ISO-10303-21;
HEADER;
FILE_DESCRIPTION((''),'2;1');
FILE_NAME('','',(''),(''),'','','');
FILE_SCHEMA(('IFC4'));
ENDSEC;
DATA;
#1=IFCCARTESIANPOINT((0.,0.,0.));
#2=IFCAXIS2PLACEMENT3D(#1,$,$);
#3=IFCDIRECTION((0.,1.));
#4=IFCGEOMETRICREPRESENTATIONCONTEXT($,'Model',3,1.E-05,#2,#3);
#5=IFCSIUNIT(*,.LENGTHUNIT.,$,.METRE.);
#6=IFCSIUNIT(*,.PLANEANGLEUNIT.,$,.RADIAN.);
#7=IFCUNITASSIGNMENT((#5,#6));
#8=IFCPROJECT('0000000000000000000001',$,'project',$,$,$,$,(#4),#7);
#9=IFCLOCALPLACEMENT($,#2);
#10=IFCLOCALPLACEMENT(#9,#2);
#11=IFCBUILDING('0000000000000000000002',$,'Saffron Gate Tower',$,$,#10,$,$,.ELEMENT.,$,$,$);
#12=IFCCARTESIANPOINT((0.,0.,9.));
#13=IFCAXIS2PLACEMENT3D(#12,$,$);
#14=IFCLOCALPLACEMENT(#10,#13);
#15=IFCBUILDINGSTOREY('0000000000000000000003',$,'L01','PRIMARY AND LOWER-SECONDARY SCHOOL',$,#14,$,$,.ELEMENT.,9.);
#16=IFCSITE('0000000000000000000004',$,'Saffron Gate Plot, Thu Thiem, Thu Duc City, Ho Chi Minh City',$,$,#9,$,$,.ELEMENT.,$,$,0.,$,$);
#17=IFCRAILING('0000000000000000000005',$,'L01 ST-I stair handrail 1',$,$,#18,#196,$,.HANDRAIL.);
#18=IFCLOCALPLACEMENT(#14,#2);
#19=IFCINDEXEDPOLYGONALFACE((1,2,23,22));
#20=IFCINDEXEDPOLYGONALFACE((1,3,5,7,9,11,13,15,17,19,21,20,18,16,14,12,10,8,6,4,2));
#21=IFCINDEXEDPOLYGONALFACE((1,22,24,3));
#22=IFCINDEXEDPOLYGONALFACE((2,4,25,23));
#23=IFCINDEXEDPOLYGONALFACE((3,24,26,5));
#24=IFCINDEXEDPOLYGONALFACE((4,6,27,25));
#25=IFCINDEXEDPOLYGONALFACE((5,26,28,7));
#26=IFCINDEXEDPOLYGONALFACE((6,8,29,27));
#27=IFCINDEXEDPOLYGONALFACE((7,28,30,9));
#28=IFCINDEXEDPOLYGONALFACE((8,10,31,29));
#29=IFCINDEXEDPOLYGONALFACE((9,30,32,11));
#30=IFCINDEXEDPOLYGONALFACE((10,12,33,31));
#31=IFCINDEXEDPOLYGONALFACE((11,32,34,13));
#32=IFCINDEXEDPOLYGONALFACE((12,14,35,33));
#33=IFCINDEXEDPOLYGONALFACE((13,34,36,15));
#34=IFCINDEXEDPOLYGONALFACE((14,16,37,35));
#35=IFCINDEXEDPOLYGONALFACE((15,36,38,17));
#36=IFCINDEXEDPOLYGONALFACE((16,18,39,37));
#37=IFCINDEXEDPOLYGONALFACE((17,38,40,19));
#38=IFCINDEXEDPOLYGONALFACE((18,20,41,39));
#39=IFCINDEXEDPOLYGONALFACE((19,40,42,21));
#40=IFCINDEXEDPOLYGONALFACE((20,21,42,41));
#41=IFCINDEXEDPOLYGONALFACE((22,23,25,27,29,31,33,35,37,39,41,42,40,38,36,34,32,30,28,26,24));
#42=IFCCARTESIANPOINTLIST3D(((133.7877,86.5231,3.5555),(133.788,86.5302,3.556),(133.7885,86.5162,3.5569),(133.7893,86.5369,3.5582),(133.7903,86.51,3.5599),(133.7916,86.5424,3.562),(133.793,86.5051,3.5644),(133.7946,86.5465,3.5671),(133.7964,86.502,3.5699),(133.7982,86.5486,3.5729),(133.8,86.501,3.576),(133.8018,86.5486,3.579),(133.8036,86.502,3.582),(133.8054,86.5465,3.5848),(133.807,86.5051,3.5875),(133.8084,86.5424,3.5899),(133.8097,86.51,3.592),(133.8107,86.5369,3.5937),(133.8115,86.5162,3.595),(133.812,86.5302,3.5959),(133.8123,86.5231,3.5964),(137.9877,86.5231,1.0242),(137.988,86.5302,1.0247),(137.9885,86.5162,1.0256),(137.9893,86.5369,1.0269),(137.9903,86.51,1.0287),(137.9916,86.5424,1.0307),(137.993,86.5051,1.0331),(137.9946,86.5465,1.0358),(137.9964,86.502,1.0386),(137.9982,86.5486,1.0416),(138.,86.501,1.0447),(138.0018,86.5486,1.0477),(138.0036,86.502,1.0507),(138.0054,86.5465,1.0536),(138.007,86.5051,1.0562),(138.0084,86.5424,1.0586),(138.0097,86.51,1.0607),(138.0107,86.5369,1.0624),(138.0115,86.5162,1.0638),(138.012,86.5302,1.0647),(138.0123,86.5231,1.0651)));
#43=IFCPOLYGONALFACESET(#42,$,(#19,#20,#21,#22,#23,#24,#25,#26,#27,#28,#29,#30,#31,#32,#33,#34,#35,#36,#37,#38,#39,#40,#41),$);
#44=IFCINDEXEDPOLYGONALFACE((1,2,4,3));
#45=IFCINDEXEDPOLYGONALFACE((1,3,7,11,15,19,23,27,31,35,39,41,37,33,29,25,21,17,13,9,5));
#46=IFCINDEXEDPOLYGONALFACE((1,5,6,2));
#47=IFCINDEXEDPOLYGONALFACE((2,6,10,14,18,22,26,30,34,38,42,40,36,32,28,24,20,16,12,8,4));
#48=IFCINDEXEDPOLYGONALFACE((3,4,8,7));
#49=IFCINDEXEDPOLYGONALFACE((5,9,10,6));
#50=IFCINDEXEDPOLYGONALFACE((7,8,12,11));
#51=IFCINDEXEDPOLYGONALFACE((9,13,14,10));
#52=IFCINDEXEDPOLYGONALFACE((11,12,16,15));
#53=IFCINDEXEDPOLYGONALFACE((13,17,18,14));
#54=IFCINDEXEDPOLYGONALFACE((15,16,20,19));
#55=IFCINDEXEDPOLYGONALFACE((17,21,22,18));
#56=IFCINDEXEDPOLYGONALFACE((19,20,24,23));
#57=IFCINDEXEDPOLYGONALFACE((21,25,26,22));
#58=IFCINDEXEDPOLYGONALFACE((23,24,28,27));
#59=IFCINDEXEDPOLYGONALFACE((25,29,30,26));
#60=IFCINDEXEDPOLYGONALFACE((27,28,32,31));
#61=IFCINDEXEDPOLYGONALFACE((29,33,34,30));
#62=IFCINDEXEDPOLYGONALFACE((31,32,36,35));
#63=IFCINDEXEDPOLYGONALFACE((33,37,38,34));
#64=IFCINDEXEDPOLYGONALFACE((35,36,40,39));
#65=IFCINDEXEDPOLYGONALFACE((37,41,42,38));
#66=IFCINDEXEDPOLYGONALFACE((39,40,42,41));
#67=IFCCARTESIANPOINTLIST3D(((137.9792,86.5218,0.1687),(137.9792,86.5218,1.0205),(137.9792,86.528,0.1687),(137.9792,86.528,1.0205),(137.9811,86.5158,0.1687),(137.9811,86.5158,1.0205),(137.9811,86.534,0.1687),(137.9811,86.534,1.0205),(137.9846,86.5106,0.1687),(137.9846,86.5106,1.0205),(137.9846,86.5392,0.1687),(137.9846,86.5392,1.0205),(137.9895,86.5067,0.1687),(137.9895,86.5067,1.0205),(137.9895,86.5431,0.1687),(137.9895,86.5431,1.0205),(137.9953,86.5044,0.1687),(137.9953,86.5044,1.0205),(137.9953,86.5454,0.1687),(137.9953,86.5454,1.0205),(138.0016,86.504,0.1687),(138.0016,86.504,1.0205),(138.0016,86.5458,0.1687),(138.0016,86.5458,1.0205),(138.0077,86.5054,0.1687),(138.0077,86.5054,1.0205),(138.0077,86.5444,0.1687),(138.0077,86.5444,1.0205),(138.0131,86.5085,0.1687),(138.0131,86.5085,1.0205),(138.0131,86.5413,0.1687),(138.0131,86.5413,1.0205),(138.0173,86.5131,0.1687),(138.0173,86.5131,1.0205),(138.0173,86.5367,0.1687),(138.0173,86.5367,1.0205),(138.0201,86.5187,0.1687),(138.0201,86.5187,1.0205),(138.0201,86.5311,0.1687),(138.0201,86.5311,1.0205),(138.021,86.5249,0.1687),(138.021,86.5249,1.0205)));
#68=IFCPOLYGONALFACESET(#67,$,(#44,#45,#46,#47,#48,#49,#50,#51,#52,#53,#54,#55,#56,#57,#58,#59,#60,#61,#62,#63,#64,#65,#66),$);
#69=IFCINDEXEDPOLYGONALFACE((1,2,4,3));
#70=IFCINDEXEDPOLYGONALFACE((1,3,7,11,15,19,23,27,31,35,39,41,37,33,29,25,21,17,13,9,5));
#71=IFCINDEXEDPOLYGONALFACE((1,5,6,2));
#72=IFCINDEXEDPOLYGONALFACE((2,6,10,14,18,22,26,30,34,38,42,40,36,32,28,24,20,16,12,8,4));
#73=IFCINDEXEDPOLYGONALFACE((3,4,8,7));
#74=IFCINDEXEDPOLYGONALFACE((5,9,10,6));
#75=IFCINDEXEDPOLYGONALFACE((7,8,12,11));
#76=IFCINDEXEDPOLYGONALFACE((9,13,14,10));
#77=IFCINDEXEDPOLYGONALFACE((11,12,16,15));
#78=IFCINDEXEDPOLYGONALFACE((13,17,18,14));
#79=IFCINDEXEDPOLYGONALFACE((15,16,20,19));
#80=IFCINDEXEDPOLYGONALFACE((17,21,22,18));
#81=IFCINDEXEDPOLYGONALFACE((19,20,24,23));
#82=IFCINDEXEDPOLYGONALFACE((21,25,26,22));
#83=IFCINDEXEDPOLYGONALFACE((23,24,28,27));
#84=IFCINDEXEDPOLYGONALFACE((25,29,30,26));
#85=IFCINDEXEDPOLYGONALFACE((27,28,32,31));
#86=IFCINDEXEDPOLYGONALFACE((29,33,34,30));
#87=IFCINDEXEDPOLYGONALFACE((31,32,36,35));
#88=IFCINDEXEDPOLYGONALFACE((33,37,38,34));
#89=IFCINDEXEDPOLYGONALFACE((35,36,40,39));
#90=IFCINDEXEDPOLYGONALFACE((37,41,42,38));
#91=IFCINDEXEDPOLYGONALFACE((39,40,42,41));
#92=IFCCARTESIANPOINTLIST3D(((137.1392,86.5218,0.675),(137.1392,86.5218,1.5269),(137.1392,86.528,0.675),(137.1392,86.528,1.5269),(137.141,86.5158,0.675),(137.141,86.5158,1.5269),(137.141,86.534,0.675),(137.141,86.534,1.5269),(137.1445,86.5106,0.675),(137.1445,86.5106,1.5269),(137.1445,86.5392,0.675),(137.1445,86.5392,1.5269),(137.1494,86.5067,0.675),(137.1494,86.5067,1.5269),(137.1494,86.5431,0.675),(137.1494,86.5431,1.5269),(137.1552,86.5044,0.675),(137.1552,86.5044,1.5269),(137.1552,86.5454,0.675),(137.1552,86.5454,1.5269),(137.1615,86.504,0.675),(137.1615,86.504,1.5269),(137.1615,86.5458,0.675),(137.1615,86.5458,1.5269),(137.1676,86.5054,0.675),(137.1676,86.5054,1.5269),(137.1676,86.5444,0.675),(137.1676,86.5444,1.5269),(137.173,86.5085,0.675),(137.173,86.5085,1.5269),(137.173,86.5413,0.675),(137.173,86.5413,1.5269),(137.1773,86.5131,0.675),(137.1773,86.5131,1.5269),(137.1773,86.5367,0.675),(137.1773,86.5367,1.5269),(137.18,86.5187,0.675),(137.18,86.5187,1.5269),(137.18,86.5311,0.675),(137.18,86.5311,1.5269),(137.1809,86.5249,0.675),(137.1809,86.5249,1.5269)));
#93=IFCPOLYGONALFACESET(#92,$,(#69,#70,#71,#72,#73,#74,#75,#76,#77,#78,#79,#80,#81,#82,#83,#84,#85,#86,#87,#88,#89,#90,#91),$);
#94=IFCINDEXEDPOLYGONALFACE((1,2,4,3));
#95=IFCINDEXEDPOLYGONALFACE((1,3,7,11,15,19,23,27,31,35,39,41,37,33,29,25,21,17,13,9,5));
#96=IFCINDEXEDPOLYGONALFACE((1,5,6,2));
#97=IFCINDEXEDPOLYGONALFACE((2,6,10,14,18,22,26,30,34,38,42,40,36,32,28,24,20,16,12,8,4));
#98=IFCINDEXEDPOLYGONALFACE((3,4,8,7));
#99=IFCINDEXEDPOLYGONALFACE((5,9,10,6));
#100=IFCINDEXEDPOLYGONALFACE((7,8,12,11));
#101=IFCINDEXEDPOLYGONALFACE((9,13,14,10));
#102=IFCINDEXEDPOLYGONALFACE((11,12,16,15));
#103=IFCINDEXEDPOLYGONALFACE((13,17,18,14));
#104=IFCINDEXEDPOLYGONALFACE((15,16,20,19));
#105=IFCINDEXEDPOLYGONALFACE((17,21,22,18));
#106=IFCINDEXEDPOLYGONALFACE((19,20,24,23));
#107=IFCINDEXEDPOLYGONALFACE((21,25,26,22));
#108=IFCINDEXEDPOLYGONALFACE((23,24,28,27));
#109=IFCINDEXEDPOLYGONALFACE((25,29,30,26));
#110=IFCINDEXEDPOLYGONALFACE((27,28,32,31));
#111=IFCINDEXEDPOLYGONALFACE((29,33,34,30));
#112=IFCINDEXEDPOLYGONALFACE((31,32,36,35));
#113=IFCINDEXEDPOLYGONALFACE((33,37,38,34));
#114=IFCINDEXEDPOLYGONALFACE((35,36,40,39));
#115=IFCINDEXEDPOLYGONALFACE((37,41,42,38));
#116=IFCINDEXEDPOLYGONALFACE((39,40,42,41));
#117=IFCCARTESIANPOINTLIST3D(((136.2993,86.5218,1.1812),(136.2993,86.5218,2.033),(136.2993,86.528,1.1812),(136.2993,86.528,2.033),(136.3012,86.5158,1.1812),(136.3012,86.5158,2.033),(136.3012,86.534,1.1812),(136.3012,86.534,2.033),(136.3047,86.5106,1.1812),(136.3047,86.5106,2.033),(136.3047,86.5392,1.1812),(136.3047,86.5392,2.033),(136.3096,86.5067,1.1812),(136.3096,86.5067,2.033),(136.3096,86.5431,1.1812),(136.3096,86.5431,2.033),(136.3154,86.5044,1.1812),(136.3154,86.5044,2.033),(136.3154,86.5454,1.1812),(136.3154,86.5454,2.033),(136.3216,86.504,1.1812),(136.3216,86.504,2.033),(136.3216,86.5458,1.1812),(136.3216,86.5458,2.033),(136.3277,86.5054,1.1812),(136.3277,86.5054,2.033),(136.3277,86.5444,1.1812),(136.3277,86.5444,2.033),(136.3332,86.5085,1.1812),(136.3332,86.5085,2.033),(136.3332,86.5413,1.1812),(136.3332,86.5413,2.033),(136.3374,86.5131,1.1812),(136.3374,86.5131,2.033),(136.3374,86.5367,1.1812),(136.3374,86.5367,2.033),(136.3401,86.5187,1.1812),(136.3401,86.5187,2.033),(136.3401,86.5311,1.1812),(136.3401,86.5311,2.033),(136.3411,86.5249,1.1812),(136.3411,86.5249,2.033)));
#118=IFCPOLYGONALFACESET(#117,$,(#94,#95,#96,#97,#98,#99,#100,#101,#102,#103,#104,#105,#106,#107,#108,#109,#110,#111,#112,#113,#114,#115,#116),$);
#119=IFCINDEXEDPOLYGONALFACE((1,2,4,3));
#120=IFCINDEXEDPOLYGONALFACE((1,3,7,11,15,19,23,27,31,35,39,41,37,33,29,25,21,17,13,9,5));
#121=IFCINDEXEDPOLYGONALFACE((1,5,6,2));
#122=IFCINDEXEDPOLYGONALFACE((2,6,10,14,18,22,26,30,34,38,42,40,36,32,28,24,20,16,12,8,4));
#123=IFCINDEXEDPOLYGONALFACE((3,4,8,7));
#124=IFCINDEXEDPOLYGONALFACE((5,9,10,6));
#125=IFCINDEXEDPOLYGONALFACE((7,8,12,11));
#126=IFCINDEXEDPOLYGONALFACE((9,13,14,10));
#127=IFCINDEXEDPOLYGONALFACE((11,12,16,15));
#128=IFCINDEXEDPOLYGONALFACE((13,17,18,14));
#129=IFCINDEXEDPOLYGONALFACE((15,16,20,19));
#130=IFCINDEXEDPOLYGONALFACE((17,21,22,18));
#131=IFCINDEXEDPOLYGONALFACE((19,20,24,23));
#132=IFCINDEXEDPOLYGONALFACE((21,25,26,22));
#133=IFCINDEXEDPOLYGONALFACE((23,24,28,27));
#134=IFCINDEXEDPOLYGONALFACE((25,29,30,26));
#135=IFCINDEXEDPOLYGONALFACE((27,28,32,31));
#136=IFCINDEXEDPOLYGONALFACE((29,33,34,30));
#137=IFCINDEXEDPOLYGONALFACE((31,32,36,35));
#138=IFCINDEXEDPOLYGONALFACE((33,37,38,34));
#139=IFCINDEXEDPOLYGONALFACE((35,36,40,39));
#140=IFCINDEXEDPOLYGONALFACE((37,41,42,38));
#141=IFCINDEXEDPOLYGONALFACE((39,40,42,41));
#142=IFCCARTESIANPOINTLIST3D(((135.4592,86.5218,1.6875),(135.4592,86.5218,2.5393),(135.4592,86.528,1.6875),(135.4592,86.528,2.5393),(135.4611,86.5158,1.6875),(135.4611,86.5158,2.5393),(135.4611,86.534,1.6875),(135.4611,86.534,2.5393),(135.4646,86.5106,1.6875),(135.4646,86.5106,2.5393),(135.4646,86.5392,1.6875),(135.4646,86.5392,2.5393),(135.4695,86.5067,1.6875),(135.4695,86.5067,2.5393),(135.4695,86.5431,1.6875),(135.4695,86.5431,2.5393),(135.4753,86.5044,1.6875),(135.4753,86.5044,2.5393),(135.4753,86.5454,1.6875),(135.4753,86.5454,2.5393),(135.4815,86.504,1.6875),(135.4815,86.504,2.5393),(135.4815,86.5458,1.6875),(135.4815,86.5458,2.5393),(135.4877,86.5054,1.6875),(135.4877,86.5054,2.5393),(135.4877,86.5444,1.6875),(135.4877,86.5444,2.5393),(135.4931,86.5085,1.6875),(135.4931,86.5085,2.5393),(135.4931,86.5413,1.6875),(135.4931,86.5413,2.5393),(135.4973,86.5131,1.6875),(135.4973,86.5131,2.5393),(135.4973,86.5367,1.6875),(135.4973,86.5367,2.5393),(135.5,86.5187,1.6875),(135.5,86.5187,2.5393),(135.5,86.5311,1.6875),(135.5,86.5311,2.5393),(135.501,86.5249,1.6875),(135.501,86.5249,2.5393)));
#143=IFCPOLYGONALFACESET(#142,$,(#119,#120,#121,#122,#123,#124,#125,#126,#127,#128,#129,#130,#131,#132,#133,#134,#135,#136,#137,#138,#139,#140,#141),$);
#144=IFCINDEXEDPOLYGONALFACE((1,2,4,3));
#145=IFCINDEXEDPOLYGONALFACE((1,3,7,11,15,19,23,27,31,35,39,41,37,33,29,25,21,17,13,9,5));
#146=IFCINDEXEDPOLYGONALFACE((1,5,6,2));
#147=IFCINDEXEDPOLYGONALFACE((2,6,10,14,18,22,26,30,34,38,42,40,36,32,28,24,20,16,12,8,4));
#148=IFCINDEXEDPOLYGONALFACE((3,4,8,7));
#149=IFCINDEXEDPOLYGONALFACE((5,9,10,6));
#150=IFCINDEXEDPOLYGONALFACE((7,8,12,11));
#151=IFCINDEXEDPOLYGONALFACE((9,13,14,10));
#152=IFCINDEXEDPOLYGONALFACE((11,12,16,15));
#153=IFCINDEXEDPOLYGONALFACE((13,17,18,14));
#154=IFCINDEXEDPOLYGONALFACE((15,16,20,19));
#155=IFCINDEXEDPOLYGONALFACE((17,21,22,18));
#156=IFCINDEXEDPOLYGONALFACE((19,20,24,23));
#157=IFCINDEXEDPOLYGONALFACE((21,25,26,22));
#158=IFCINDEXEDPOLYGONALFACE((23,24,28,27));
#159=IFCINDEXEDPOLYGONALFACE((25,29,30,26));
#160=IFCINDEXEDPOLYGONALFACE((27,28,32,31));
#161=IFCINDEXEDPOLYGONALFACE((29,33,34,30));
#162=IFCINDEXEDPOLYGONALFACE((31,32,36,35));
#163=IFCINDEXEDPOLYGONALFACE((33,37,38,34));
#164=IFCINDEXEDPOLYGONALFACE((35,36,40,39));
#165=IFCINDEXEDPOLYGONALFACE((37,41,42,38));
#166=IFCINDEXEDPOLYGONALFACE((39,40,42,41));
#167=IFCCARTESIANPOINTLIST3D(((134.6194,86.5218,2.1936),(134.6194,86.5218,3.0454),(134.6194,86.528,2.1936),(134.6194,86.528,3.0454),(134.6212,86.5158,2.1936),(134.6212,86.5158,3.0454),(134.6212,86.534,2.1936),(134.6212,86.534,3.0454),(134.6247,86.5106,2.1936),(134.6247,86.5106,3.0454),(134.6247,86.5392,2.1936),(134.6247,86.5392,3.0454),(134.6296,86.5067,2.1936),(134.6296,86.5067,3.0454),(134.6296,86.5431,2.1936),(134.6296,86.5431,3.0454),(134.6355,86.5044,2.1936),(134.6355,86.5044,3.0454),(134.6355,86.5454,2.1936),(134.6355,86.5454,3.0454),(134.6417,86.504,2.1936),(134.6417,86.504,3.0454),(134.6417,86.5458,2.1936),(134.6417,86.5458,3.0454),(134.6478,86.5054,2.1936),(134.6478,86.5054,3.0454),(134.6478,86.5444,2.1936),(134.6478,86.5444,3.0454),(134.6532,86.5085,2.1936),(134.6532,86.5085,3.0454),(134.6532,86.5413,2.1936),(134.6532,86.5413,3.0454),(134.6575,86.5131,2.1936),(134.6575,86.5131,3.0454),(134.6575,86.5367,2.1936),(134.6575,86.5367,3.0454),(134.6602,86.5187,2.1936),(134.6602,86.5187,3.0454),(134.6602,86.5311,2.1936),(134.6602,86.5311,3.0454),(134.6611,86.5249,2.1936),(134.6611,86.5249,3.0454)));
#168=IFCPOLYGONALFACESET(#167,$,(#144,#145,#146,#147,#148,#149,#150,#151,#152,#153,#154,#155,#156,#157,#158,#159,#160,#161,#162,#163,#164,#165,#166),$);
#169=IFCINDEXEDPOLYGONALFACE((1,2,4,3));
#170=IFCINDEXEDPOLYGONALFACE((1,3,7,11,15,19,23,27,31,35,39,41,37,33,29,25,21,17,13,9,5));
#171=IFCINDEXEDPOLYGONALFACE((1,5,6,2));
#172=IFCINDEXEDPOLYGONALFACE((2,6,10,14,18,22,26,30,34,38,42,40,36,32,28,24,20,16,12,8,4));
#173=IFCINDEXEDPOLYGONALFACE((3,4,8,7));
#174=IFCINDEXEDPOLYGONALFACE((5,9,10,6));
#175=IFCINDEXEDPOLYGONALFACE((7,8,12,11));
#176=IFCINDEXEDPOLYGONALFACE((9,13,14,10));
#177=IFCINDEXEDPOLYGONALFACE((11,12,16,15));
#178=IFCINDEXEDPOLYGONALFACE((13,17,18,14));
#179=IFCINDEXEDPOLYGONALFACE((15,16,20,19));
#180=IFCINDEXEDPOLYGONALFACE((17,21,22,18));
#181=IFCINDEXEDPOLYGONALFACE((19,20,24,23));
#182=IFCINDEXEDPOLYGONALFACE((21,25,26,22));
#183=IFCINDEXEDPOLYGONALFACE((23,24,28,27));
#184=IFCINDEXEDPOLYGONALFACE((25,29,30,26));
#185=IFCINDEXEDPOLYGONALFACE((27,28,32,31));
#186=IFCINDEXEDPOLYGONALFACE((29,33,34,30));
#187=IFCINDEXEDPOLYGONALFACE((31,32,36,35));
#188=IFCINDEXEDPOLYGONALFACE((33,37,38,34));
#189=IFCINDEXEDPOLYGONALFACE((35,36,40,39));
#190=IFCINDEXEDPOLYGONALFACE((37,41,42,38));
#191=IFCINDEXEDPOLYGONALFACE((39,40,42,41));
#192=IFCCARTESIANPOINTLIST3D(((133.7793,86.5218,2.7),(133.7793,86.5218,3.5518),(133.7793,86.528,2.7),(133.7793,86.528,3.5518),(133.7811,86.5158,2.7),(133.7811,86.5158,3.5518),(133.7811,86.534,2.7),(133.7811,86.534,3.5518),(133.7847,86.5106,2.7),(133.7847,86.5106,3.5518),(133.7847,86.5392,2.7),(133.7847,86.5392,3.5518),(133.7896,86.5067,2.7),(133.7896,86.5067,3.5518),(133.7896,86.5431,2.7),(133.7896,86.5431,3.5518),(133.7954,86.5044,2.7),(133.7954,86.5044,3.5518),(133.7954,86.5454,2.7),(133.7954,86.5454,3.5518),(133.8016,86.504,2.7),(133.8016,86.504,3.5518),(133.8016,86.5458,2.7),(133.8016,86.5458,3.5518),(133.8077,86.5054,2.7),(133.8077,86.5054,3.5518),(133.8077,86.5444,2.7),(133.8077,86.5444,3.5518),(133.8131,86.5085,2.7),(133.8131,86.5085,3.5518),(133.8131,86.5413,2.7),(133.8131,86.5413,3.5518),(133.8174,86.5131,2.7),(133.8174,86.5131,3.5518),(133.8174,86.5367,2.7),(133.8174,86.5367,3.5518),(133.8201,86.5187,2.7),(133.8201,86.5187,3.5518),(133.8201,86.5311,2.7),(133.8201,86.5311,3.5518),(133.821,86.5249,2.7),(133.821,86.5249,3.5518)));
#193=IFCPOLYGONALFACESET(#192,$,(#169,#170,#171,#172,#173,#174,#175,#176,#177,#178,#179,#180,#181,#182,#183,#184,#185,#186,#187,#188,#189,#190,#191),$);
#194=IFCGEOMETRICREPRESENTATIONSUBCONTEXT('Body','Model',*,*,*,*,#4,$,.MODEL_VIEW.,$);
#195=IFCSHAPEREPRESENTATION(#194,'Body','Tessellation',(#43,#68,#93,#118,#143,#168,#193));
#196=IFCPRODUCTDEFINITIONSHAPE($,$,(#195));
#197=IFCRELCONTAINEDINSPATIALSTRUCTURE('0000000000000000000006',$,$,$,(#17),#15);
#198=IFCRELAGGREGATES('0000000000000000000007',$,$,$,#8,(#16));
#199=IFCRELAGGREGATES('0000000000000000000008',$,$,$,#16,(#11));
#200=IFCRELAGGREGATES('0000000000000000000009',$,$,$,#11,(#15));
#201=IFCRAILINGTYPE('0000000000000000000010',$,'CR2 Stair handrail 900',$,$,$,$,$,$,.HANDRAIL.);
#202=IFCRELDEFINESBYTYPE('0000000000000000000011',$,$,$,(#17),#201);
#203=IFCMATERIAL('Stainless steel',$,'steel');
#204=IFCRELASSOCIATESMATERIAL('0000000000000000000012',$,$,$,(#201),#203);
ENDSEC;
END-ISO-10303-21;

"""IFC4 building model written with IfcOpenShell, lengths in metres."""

from ifc_helpers import new_model, si_unit, direction, frame, origin, origin_2d, place, context, subcontext, project, spatial, circle, extrude, material, type_object, element, save


model = new_model("IFC4")

# Units and contexts
model_context = context("Model", 3, precision=1e-05, world=origin(), true_north=direction((0.0, 1.0)))
body_context = subcontext(model_context, "Body", "Model", "MODEL_VIEW")
ifc_project = project(units=[si_unit("LENGTHUNIT", "METRE"), si_unit("PLANEANGLEUNIT", "RADIAN")], contexts=[model_context])

# Site, building, storey
site_placement = place(None, origin())
site = spatial("IfcSite", under=ifc_project, at=site_placement, Name="Saffron Gate Plot, Thu Thiem, Thu Duc City, Ho Chi Minh City", CompositionType="ELEMENT", RefElevation=0.0)
building_placement = place(site_placement, origin())
building = spatial("IfcBuilding", under=site, at=building_placement, Name="Saffron Gate Tower", CompositionType="ELEMENT")
storey_placement = place(building_placement, frame((0.0, 0.0, 9.0)))
storey = spatial("IfcBuildingStorey", under=building, at=storey_placement, Name="L01", Description="PRIMARY AND LOWER-SECONDARY SCHOOL", CompositionType="ELEMENT", Elevation=9.0)

# Railing
ifc_material_1 = material(Name="Stainless steel", Category="steel")
railing_type_1 = type_object("IfcRailingType", Name="CR2 Stair handrail 900", PredefinedType="HANDRAIL", material=ifc_material_1)
railing_1_placement = place(storey_placement, frame((138.0, 86.5249, 0.1687)))
element("IfcRailing", 1, at=railing_1_placement, inside=storey, type_object=railing_type_1, Name="L01 ST-I stair handrail 1", PredefinedType="HANDRAIL", context=body_context, shape_type="SweptSolid", body=[
    extrude(circle(Radius=0.0239, at=origin_2d()), frame((0.0, 0.0, 0.876), z_axis=(-0.856476, 0.0, 0.516186), x_axis=(0.0, -1.0, 0.0)), (0.0, 0.0, 1.0), 4.9038),
    extrude(circle(Radius=0.021, at=origin_2d()), origin(), (0.0, 0.0, 1.0), 0.8518),
    extrude(circle(Radius=0.021, at=origin_2d()), frame((-0.8401, 0.0, 0.5063)), (0.0, 0.0, 1.0), 0.8518),
    extrude(circle(Radius=0.021, at=origin_2d()), frame((-1.6799, 0.0, 1.0125)), (0.0, 0.0, 1.0), 0.8518),
    extrude(circle(Radius=0.021, at=origin_2d()), frame((-2.52, 0.0, 1.5188)), (0.0, 0.0, 1.0), 0.8518),
    extrude(circle(Radius=0.021, at=origin_2d()), frame((-3.3599, 0.0, 2.0249)), (0.0, 0.0, 1.0), 0.8518),
    extrude(circle(Radius=0.021, at=origin_2d()), frame((-4.2, 0.0, 2.5312)), (0.0, 0.0, 1.0), 0.8518),
])

save(model, "model.ifc")
